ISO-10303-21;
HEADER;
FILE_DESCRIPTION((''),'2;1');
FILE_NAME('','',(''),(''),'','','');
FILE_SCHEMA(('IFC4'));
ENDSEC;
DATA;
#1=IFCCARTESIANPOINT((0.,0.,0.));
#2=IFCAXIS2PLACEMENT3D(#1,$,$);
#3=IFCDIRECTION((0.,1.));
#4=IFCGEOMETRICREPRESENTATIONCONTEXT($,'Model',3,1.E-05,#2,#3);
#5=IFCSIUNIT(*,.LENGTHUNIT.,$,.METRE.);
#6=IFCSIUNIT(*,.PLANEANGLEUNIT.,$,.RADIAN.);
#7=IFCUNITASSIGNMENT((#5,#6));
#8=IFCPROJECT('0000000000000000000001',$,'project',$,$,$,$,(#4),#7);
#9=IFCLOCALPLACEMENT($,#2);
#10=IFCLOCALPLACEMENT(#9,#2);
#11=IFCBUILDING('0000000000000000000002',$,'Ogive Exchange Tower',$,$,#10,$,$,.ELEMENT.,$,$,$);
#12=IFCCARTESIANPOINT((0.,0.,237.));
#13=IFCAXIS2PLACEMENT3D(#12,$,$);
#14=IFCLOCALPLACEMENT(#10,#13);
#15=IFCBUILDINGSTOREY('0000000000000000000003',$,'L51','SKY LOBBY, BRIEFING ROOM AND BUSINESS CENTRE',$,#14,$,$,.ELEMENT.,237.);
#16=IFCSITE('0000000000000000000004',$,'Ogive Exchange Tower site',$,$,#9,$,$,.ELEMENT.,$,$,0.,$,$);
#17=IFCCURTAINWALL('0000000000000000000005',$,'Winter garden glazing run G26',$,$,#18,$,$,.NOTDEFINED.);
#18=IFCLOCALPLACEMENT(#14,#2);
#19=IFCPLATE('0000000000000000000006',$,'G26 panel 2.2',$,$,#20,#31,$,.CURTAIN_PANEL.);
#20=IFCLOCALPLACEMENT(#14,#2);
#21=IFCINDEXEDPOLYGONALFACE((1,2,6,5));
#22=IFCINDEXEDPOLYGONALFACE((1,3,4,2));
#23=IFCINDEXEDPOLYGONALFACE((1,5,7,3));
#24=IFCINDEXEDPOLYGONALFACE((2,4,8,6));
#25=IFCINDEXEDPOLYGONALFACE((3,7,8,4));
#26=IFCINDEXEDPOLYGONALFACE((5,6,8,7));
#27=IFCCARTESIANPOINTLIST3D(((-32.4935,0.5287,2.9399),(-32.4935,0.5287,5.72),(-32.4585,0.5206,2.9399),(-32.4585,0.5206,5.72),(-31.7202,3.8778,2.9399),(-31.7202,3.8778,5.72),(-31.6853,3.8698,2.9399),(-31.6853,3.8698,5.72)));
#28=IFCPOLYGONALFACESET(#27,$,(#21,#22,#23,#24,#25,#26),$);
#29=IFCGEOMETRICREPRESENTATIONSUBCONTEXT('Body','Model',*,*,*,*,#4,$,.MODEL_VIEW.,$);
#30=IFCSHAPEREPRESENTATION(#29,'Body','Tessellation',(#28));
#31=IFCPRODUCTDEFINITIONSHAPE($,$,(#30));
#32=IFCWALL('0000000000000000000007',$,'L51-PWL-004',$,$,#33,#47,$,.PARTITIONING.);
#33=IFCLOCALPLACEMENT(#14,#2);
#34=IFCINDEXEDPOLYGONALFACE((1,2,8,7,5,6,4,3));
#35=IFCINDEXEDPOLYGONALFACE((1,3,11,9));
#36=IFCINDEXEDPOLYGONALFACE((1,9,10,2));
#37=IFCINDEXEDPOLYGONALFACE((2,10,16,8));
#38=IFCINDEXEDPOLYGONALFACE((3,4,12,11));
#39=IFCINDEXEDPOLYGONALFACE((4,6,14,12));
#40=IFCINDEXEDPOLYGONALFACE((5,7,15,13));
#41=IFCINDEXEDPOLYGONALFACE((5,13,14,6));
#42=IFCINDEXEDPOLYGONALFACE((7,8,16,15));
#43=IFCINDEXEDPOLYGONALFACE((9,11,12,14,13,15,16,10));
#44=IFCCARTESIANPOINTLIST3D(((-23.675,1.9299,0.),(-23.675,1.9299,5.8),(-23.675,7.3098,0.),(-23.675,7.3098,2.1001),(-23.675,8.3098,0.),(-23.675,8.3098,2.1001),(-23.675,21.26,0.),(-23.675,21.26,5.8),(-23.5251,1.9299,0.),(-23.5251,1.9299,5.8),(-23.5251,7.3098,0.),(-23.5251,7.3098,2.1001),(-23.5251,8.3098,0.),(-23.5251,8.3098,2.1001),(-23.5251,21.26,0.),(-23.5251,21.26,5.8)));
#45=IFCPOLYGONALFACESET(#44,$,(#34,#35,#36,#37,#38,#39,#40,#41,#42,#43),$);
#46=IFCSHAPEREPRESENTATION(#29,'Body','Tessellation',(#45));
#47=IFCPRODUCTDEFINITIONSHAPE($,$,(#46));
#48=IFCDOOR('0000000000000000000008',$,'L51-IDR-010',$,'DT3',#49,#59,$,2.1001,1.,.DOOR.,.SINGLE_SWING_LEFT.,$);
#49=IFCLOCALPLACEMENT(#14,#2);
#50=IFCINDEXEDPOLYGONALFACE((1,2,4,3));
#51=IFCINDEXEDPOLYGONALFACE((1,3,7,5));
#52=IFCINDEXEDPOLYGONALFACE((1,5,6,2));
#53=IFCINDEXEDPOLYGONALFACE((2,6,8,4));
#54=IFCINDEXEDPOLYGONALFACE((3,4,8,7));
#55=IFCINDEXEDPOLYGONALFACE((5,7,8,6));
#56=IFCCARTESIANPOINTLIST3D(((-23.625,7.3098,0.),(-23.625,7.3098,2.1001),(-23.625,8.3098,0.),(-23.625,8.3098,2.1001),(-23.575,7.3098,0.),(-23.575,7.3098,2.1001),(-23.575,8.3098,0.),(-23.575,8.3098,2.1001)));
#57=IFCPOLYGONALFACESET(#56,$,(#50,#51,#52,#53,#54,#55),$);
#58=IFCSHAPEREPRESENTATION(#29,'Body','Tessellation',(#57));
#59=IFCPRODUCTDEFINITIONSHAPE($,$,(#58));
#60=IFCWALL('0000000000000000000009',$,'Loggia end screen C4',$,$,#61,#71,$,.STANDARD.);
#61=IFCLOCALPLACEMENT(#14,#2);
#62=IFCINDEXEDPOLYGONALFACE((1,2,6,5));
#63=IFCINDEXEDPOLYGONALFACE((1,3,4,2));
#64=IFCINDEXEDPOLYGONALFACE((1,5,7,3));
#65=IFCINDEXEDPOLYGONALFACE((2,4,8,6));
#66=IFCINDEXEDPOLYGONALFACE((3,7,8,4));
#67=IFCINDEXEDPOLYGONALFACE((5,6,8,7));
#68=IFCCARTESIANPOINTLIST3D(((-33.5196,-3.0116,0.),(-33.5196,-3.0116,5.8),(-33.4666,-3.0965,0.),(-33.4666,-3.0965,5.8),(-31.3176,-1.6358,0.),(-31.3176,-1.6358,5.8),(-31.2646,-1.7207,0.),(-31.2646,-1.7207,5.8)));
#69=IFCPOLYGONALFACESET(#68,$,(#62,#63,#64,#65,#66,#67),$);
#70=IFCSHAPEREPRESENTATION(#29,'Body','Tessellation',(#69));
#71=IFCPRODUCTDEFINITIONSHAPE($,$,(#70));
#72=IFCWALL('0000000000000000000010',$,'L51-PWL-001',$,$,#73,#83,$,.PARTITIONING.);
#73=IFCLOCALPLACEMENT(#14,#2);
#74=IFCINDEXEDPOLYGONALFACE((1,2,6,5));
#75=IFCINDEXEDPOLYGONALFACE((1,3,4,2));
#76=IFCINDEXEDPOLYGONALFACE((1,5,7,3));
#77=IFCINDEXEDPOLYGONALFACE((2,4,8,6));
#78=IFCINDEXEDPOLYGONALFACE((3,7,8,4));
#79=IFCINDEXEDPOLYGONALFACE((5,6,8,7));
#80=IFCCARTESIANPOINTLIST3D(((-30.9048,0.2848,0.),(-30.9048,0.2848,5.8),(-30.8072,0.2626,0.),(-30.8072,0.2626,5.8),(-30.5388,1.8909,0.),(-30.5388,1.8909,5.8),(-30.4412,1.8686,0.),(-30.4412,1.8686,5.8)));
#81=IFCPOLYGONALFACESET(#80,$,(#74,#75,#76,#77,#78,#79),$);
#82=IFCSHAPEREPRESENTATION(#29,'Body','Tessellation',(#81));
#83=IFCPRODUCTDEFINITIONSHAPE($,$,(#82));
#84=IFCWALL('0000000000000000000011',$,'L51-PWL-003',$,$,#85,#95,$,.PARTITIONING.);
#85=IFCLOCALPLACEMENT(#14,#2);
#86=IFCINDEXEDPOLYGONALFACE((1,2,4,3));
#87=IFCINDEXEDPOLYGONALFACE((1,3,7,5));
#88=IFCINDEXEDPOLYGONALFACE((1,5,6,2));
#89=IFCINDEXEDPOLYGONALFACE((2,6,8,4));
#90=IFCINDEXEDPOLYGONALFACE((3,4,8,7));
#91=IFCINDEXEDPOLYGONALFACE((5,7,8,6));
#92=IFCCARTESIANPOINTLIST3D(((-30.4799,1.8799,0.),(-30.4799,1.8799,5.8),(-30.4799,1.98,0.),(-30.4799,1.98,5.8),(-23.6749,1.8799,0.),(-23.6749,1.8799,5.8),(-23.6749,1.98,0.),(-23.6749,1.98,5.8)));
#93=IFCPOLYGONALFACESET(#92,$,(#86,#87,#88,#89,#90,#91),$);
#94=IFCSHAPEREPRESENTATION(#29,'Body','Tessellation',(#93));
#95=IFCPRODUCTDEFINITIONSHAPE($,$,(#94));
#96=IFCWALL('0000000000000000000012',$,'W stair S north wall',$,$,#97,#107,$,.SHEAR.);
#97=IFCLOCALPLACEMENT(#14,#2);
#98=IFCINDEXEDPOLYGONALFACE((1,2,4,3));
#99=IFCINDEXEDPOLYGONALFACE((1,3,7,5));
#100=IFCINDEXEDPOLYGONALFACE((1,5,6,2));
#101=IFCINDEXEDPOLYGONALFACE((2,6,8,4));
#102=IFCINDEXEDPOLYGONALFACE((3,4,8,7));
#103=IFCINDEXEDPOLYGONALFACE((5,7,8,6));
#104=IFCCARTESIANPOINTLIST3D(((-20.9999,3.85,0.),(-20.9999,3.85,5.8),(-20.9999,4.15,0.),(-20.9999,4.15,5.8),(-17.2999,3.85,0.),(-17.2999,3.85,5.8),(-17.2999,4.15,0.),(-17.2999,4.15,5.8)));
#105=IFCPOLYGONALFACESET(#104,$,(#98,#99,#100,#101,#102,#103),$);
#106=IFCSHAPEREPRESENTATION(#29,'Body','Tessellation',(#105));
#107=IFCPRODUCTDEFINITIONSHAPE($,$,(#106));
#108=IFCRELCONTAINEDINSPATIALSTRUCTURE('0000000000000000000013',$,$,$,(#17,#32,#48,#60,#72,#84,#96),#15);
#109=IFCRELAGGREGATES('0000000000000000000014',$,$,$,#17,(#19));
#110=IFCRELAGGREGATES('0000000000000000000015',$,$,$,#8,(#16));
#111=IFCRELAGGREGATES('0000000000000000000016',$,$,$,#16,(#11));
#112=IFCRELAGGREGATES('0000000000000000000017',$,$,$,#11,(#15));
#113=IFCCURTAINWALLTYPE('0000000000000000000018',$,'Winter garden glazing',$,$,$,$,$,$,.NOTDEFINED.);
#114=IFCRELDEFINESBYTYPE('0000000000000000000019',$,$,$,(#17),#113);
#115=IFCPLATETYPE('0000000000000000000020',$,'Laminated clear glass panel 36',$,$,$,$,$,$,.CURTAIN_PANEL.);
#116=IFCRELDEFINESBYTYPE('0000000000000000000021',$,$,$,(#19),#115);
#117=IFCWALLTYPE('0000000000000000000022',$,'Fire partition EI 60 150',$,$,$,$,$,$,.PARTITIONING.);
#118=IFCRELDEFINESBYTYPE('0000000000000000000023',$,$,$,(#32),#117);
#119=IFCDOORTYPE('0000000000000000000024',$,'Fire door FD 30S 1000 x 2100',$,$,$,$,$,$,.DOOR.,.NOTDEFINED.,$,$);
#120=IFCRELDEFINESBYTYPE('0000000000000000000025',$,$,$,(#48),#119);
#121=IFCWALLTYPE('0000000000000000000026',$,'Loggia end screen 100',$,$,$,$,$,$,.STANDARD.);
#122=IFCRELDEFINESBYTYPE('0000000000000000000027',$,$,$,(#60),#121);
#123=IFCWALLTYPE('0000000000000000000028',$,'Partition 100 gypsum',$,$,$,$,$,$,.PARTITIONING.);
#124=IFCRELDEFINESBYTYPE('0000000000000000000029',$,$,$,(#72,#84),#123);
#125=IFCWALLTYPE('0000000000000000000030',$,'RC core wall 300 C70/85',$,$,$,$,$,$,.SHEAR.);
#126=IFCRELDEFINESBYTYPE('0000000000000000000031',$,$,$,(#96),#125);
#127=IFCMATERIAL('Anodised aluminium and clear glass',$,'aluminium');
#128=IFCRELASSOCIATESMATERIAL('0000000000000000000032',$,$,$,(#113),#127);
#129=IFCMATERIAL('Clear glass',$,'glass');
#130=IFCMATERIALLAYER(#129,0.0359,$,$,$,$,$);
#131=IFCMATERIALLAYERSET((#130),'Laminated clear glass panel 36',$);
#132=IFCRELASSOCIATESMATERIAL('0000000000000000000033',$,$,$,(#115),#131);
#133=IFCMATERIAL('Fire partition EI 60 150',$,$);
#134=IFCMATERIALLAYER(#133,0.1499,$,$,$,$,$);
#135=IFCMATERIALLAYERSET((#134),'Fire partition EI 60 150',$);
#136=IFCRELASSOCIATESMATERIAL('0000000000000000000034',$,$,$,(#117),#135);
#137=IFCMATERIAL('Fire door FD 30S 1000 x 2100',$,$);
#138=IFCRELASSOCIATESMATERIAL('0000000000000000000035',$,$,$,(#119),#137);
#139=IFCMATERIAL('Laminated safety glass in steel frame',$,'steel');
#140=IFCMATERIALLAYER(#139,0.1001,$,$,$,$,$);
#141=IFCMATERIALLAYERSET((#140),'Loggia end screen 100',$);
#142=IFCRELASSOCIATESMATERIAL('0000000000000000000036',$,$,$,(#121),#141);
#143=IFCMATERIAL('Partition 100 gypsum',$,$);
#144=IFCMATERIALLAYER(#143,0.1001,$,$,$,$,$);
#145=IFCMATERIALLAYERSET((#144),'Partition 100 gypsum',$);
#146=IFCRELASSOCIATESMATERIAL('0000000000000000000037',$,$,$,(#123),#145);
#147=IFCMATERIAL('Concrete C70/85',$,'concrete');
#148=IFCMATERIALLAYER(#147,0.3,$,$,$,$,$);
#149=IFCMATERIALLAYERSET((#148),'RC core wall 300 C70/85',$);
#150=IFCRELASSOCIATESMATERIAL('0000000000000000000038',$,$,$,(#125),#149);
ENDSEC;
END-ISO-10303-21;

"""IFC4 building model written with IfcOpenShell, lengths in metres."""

from ifc_helpers import new_model, si_unit, direction, frame, frame_2d, origin, origin_2d, place, context, subcontext, project, spatial, rectangle, extrude, material, layer, layer_set, type_object, element, fill, aggregate, save


model = new_model("IFC4")

# Units and contexts
model_context = context("Model", 3, precision=1e-05, world=origin(), true_north=direction((0.0, 1.0)))
body_context = subcontext(model_context, "Body", "Model", "MODEL_VIEW")
ifc_project = project(units=[si_unit("LENGTHUNIT", "METRE"), si_unit("PLANEANGLEUNIT", "RADIAN")], contexts=[model_context])

# Site, building, storey
site_placement = place(None, origin())
site = spatial("IfcSite", under=ifc_project, at=site_placement, Name="Ogive Exchange Tower site", CompositionType="ELEMENT", RefElevation=0.0)
building_placement = place(site_placement, origin())
building = spatial("IfcBuilding", under=site, at=building_placement, Name="Ogive Exchange Tower", CompositionType="ELEMENT")
storey_placement = place(building_placement, frame((0.0, 0.0, 237.0)))
storey = spatial("IfcBuildingStorey", under=building, at=storey_placement, Name="L51", Description="SKY LOBBY, BRIEFING ROOM AND BUSINESS CENTRE", CompositionType="ELEMENT", Elevation=237.0)

# Curtain wall, plate
ifc_material_1 = material(Name="Anodised aluminium and clear glass", Category="aluminium")
curtain_wall_type = type_object("IfcCurtainWallType", Name="Winter garden glazing", PredefinedType="NOTDEFINED", material=ifc_material_1)
curtain_wall_placement = place(storey_placement, origin())
curtain_wall = element("IfcCurtainWall", 1, at=curtain_wall_placement, inside=storey, type_object=curtain_wall_type, Name="Winter garden glazing run G26", PredefinedType="NOTDEFINED")
ifc_material_2 = material(Name="Clear glass", Category="glass")
ifc_layer_1 = layer(ifc_material_2, 0.0359)
ifc_layer_set_1 = layer_set([ifc_layer_1], Name="Laminated clear glass panel 36")
plate_type = type_object("IfcPlateType", Name="Laminated clear glass panel 36", PredefinedType="CURTAIN_PANEL", material=ifc_layer_set_1)
plate_1_placement = place(storey_placement, frame((-32.0894, 2.1992, 2.9399), z_axis=(0.0, 0.0, 1.0), x_axis=(-0.224954, -0.974369, 0.0)))
plate_1 = element("IfcPlate", 2, at=plate_1_placement, type_object=plate_type, Name="G26 panel 2.2", PredefinedType="CURTAIN_PANEL", context=body_context, shape_type="SweptSolid", body=[
    extrude(rectangle(XDim=3.4373, YDim=0.0359, at=origin_2d()), origin(), (0.0, 0.0, 1.0), 2.78),
])
aggregate(curtain_wall, [plate_1])

# Wall, opening, door
ifc_material_3 = material(Name="Fire partition EI 60 150")
ifc_layer_2 = layer(ifc_material_3, 0.1499)
ifc_layer_set_2 = layer_set([ifc_layer_2], Name="Fire partition EI 60 150")
wall_type_1 = type_object("IfcWallType", Name="Fire partition EI 60 150", PredefinedType="PARTITIONING", material=ifc_layer_set_2)
wall_1_placement = place(storey_placement, frame((-23.6001, 1.9299, 0.0), z_axis=(0.0, 0.0, 1.0), x_axis=(0.0, 1.0, 0.0)))
wall_1 = element("IfcWall", 3, at=wall_1_placement, inside=storey, type_object=wall_type_1, Name="L51-PWL-004", PredefinedType="PARTITIONING", context=body_context, shape_type="SweptSolid", body=[
    extrude(rectangle(XDim=19.3301, YDim=0.1499, at=frame_2d((9.665, 0.0))), origin(), (0.0, 0.0, 1.0), 5.8),
])
opening_placement = place(wall_1_placement, frame((5.3799, 0.0, 0.0)))
opening = element("IfcOpeningElement", 4, at=opening_placement, cuts=wall_1, PredefinedType="OPENING", context=body_context, shape_type="SweptSolid", body=[
    extrude(rectangle(XDim=1.0, YDim=2.1001, at=frame_2d((0.5, 1.05))), frame((0.0, 0.085, 0.0), z_axis=(0.0, -1.0, 0.0), x_axis=(1.0, 0.0, 0.0)), (0.0, 0.0, 1.0), 0.1699),
])
ifc_material_4 = material(Name="Fire door FD 30S 1000 x 2100")
door_type = type_object("IfcDoorType", Name="Fire door FD 30S 1000 x 2100", OperationType="NOTDEFINED", PredefinedType="DOOR", material=ifc_material_4)
door_placement = place(opening_placement, origin())
door = element("IfcDoor", 5, at=door_placement, inside=storey, type_object=door_type, Name="L51-IDR-010", ObjectType="DT3", OperationType="SINGLE_SWING_LEFT", OverallHeight=2.1001, OverallWidth=1.0, PredefinedType="DOOR", context=body_context, shape_type="SweptSolid", body=[
    extrude(rectangle(XDim=1.0, YDim=2.1001, at=frame_2d((0.5, 1.05))), frame((0.0, 0.0249, 0.0), z_axis=(0.0, -1.0, 0.0), x_axis=(1.0, 0.0, 0.0)), (0.0, 0.0, 1.0), 0.05),
])
fill(opening, door)

# Walls
ifc_material_5 = material(Name="Laminated safety glass in steel frame", Category="steel")
ifc_layer_3 = layer(ifc_material_5, 0.1001)
ifc_layer_set_3 = layer_set([ifc_layer_3], Name="Loggia end screen 100")
wall_type_2 = type_object("IfcWallType", Name="Loggia end screen 100", PredefinedType="STANDARD", material=ifc_layer_set_3)
wall_2_placement = place(storey_placement, frame((-31.291, -1.6782, 0.0), z_axis=(0.0, 0.0, 1.0), x_axis=(-0.848078, -0.529872, 0.0)))
element("IfcWall", 6, at=wall_2_placement, inside=storey, type_object=wall_type_2, Name="Loggia end screen C4", PredefinedType="STANDARD", context=body_context, shape_type="SweptSolid", body=[
    extrude(rectangle(XDim=2.5964, YDim=0.1001, at=frame_2d((1.2983, 0.0))), origin(), (0.0, 0.0, 1.0), 5.8),
])
ifc_material_6 = material(Name="Partition 100 gypsum")
ifc_layer_4 = layer(ifc_material_6, 0.1001)
ifc_layer_set_4 = layer_set([ifc_layer_4], Name="Partition 100 gypsum")
wall_type_3 = type_object("IfcWallType", Name="Partition 100 gypsum", PredefinedType="PARTITIONING", material=ifc_layer_set_4)
wall_3_placement = place(storey_placement, frame((-30.49, 1.8799, 0.0), z_axis=(0.0, 0.0, 1.0), x_axis=(-0.222185, -0.975005, 0.0)))
element("IfcWall", 7, at=wall_3_placement, inside=storey, type_object=wall_type_3, Name="L51-PWL-001", PredefinedType="PARTITIONING", context=body_context, shape_type="SweptSolid", body=[
    extrude(rectangle(XDim=1.6472, YDim=0.1001, at=frame_2d((0.8237, 0.0))), origin(), (0.0, 0.0, 1.0), 5.8),
])
wall_4_placement = place(storey_placement, frame((-23.675, 1.9299, 0.0), z_axis=(0.0, 0.0, 1.0), x_axis=(-1.0, 0.0, 0.0)))
element("IfcWall", 8, at=wall_4_placement, inside=storey, type_object=wall_type_3, Name="L51-PWL-003", PredefinedType="PARTITIONING", context=body_context, shape_type="SweptSolid", body=[
    extrude(rectangle(XDim=6.8049, YDim=0.1001, at=frame_2d((3.4023, 0.0))), origin(), (0.0, 0.0, 1.0), 5.8),
])
ifc_material_7 = material(Name="Concrete C70/85", Category="concrete")
ifc_layer_5 = layer(ifc_material_7, 0.3)
ifc_layer_set_5 = layer_set([ifc_layer_5], Name="RC core wall 300 C70/85")
wall_type_4 = type_object("IfcWallType", Name="RC core wall 300 C70/85", PredefinedType="SHEAR", material=ifc_layer_set_5)
wall_5_placement = place(storey_placement, frame((-21.0, 4.0, 0.0), z_axis=(0.0, 0.0, 1.0), x_axis=(1.0, 0.0, 0.0)))
element("IfcWall", 9, at=wall_5_placement, inside=storey, type_object=wall_type_4, Name="W stair S north wall", PredefinedType="SHEAR", context=body_context, shape_type="SweptSolid", body=[
    extrude(rectangle(XDim=3.7, YDim=0.3, at=frame_2d((1.8501, 0.0))), origin(), (0.0, 0.0, 1.0), 5.8),
])

save(model, "model.ifc")
